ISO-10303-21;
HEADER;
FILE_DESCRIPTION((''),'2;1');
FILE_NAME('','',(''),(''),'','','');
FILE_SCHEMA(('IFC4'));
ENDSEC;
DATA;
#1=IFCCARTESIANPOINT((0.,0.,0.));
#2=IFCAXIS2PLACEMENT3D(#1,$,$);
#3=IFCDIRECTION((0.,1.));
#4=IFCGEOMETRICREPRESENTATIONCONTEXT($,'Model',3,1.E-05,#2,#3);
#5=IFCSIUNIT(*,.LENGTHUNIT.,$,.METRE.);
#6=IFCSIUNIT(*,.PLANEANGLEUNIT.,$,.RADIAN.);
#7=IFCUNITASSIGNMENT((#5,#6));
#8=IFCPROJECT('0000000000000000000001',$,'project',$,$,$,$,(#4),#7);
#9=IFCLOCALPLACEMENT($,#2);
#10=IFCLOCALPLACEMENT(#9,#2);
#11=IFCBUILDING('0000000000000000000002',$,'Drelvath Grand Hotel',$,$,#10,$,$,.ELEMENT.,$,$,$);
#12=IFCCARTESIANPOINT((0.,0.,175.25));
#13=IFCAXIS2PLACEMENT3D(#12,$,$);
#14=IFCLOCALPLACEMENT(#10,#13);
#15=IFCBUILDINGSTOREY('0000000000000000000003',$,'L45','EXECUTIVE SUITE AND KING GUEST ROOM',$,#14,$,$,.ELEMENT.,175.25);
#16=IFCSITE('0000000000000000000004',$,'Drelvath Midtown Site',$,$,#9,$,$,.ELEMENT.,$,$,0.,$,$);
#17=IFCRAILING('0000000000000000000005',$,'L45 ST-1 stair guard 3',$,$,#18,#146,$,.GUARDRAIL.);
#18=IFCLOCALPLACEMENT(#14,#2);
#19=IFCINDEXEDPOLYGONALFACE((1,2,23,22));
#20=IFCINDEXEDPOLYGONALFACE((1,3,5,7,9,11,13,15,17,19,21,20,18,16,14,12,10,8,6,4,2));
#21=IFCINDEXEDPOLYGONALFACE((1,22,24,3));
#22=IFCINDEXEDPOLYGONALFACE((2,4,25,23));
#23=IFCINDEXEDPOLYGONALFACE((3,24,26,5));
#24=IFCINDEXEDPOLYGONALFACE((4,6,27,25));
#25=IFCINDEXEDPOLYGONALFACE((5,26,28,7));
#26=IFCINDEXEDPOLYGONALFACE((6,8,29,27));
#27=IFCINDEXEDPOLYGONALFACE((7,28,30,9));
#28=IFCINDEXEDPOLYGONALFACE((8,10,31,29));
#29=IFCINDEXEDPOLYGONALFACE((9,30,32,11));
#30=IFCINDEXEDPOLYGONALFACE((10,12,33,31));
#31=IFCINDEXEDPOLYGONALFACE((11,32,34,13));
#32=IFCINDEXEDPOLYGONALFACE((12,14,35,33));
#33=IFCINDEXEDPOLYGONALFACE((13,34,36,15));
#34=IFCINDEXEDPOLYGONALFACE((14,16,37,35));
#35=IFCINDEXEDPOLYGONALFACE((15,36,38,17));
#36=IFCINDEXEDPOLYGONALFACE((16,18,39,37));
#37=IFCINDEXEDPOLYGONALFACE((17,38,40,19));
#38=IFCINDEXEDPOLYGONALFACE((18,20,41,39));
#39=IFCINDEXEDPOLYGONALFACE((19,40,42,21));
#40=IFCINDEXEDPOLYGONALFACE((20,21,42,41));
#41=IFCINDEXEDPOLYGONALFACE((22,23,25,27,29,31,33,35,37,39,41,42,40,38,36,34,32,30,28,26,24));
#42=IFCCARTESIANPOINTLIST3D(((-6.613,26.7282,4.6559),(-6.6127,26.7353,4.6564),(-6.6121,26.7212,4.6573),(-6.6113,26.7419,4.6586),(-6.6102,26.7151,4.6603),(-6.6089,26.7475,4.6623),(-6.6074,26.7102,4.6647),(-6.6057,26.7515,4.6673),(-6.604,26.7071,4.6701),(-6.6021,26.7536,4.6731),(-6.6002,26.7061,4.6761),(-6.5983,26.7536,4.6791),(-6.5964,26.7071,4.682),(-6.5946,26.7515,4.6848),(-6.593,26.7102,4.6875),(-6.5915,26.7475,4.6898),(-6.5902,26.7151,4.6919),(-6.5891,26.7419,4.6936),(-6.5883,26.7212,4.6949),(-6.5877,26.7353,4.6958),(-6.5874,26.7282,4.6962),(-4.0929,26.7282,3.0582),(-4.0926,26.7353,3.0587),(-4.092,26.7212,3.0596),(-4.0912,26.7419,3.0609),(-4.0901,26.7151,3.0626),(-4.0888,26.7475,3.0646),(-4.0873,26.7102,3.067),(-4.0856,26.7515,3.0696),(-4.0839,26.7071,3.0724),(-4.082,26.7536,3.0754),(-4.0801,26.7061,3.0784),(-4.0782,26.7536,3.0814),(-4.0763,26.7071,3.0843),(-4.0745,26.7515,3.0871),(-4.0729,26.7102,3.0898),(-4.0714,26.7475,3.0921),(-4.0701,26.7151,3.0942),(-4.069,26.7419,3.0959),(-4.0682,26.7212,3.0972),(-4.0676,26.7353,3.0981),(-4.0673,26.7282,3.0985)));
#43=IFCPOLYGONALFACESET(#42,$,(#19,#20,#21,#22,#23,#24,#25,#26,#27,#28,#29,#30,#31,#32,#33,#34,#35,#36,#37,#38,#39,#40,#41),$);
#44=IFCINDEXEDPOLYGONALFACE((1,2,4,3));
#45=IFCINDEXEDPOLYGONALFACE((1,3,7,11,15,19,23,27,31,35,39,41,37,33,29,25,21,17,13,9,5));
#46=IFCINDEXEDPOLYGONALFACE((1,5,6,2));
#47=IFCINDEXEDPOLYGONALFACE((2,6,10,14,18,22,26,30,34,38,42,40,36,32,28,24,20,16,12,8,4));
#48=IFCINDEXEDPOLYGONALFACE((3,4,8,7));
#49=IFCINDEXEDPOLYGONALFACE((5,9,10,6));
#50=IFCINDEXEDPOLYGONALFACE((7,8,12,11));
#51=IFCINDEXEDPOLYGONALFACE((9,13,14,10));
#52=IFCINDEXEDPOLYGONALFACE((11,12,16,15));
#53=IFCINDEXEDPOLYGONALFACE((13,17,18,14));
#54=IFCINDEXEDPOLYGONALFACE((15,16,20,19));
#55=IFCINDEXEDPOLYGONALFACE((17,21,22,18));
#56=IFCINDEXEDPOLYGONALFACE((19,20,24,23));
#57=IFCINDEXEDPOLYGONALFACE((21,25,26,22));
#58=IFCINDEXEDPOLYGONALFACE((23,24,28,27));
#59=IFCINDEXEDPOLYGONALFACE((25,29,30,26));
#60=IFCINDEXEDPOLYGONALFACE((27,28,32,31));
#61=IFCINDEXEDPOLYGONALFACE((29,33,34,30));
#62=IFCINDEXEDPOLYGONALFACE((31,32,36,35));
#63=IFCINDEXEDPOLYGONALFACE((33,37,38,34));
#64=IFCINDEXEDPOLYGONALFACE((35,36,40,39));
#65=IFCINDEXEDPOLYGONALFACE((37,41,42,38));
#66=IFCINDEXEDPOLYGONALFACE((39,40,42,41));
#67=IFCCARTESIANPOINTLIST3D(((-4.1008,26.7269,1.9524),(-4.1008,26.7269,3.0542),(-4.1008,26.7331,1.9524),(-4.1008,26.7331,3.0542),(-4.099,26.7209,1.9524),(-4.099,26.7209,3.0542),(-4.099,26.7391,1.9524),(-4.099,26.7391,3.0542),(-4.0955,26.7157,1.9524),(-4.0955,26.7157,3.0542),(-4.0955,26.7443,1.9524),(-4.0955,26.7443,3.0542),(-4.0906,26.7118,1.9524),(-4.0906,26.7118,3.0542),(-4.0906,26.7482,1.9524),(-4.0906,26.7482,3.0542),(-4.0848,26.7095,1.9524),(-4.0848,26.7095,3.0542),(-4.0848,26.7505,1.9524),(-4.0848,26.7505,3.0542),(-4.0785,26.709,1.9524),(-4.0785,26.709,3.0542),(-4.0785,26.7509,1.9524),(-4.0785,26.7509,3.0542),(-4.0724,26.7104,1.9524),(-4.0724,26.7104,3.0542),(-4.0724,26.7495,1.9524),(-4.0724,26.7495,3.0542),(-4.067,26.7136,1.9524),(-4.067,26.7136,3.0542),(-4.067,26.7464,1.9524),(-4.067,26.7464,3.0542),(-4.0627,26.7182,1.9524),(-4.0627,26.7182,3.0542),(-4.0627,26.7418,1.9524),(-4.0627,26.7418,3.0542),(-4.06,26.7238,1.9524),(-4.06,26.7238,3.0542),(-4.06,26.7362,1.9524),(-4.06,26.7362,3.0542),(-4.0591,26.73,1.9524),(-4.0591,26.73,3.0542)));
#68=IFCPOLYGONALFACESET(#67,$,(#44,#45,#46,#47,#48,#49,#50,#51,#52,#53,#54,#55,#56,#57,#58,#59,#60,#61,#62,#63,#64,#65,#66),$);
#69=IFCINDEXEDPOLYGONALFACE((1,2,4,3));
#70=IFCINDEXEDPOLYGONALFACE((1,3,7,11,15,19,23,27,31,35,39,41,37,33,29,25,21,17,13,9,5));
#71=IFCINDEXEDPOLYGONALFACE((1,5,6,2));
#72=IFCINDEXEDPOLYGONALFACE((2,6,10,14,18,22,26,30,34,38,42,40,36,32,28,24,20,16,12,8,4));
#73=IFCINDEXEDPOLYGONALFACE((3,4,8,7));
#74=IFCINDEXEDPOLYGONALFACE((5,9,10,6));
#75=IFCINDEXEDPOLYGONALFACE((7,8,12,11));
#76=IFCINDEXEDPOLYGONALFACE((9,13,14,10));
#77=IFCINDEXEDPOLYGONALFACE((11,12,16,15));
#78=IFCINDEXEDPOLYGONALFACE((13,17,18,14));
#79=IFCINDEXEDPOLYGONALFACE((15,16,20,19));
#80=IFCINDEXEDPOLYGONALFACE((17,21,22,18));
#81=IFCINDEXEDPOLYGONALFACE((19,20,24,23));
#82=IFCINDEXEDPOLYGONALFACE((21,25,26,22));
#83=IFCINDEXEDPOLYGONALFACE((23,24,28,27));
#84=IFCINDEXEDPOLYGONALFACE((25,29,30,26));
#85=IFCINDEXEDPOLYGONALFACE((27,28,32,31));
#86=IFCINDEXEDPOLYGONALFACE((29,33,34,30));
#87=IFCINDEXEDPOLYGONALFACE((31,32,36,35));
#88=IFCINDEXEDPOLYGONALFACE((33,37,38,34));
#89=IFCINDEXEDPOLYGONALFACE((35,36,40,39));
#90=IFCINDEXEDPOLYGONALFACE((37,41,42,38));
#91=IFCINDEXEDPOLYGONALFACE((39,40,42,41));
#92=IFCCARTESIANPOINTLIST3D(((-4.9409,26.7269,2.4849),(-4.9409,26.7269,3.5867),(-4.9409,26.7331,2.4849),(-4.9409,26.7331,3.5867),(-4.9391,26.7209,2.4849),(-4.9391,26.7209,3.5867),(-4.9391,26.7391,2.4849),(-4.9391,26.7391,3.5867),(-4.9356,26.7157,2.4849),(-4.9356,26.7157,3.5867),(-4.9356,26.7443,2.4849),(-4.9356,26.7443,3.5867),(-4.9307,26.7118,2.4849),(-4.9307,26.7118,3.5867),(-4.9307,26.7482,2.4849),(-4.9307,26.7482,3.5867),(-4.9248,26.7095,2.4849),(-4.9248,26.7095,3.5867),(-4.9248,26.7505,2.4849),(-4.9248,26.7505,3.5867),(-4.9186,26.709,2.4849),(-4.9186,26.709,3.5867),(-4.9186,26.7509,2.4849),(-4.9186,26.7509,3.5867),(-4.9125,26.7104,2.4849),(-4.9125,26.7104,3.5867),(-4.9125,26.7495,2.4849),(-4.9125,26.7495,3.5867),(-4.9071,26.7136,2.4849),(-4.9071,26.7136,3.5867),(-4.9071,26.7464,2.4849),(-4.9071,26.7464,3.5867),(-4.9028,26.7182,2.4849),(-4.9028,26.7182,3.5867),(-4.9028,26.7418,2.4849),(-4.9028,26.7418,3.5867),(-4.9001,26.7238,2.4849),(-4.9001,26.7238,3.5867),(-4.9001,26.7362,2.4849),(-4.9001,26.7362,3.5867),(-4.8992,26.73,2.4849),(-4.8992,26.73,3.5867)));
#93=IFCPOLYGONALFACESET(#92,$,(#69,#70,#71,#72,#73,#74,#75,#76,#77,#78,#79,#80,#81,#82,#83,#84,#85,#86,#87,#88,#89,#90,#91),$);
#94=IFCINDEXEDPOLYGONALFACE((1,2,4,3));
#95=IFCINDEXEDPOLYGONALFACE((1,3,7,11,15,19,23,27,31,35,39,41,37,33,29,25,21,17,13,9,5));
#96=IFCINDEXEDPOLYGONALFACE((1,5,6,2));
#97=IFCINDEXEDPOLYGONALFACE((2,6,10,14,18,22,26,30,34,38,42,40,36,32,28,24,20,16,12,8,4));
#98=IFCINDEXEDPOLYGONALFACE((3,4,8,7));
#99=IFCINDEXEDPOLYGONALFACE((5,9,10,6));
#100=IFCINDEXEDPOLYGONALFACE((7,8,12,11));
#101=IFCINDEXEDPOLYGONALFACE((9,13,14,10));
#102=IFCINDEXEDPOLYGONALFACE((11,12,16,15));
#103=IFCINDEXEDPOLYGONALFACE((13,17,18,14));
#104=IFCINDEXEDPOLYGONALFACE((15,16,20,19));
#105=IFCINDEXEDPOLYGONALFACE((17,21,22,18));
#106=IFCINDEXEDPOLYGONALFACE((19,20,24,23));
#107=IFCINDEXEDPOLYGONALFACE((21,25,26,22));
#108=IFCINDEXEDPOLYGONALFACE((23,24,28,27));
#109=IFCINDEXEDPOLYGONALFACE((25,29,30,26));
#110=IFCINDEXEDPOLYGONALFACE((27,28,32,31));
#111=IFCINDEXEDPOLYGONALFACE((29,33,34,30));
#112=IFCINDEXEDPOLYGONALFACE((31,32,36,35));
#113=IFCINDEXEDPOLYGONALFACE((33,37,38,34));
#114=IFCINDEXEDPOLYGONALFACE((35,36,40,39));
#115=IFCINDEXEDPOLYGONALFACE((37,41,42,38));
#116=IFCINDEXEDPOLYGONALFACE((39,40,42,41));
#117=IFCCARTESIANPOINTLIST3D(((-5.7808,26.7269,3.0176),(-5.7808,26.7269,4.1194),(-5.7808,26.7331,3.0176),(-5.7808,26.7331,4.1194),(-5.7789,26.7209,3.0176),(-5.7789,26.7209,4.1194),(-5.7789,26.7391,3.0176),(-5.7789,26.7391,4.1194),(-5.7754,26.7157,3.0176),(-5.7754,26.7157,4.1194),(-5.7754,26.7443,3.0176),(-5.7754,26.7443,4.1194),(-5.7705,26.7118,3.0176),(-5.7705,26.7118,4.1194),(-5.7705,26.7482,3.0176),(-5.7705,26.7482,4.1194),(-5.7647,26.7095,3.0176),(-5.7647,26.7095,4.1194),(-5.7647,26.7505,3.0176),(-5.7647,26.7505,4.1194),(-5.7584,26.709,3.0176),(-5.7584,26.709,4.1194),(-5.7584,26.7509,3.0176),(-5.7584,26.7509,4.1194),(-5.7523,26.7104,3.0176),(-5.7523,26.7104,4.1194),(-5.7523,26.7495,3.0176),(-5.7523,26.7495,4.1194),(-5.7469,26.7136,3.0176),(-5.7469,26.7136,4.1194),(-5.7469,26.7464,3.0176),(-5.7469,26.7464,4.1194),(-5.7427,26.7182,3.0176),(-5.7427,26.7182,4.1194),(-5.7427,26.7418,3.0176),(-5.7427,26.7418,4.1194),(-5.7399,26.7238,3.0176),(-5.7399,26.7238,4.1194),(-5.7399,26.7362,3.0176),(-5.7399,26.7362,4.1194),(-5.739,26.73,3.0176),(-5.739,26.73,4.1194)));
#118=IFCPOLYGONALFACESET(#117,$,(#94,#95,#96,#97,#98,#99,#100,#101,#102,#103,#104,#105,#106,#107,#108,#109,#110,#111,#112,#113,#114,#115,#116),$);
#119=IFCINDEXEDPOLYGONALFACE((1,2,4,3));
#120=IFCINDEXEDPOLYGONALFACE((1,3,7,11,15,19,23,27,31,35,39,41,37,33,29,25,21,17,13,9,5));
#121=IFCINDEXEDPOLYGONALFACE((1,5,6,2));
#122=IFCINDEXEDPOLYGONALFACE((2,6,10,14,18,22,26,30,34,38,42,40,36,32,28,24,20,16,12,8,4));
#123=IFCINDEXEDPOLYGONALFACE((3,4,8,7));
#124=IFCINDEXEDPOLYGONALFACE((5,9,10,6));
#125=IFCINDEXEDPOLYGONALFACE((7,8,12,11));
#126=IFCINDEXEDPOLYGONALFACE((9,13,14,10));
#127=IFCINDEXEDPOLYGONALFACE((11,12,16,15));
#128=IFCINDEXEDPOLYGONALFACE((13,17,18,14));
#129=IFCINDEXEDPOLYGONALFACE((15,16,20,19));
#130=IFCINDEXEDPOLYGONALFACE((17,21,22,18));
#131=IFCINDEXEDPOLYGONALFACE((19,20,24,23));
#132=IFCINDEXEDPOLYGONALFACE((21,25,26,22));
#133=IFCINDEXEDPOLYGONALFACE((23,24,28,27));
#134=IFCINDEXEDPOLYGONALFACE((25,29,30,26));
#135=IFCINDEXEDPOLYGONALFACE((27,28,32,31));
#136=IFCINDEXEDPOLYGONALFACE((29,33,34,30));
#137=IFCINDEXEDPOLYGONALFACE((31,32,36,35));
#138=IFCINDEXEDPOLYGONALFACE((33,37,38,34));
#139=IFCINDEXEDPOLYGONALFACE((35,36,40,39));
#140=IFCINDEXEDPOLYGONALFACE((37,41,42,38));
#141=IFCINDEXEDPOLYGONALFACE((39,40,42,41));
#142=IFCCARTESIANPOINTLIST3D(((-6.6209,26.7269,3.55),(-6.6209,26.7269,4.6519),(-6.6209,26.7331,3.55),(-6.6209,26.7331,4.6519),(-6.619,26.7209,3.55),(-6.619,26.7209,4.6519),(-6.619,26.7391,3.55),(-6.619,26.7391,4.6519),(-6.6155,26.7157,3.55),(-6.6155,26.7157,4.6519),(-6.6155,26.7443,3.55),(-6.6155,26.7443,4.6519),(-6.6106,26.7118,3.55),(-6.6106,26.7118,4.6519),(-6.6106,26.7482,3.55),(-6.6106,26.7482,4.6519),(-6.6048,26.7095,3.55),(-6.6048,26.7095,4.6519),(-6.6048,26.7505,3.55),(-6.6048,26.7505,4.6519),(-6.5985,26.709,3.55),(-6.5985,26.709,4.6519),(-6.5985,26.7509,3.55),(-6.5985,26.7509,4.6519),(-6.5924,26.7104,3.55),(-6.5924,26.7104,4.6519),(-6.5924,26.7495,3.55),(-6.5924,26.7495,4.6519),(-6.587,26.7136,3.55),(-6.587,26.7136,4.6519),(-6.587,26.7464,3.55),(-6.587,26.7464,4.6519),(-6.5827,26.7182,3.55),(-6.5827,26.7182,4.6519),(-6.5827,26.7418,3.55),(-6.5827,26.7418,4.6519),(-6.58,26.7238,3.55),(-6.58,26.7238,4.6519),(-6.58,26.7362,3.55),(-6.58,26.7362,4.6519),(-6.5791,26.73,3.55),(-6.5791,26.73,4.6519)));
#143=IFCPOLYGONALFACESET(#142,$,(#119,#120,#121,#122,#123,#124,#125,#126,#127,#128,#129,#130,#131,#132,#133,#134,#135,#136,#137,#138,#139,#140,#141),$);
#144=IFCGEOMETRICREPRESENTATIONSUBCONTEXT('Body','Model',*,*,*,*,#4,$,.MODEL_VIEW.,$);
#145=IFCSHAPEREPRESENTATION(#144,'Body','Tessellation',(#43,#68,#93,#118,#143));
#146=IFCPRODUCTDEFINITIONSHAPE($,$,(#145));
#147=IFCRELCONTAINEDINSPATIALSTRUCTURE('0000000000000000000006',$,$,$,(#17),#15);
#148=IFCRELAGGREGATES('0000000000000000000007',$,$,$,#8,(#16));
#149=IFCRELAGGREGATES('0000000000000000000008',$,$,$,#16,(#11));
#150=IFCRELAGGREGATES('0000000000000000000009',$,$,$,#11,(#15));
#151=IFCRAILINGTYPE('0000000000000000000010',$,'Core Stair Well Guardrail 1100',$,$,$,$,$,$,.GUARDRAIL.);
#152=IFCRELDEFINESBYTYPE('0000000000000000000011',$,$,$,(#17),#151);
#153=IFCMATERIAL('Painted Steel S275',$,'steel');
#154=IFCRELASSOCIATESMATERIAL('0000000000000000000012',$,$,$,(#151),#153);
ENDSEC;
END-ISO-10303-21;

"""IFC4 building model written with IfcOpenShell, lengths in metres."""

from ifc_helpers import new_model, si_unit, direction, frame, origin, origin_2d, place, context, subcontext, project, spatial, circle, extrude, material, type_object, element, save


model = new_model("IFC4")

# Units and contexts
model_context = context("Model", 3, precision=1e-05, world=origin(), true_north=direction((0.0, 1.0)))
body_context = subcontext(model_context, "Body", "Model", "MODEL_VIEW")
ifc_project = project(units=[si_unit("LENGTHUNIT", "METRE"), si_unit("PLANEANGLEUNIT", "RADIAN")], contexts=[model_context])

# Site, building, storey
site_placement = place(None, origin())
site = spatial("IfcSite", under=ifc_project, at=site_placement, Name="Drelvath Midtown Site", CompositionType="ELEMENT", RefElevation=0.0)
building_placement = place(site_placement, origin())
building = spatial("IfcBuilding", under=site, at=building_placement, Name="Drelvath Grand Hotel", CompositionType="ELEMENT")
storey_placement = place(building_placement, frame((0.0, 0.0, 175.25)))
storey = spatial("IfcBuildingStorey", under=building, at=storey_placement, Name="L45", Description="EXECUTIVE SUITE AND KING GUEST ROOM", CompositionType="ELEMENT", Elevation=175.25)

# Shared definitions
ifc_material_1 = material(Name="Painted Steel S275", Category="steel")

# Railing
railing_type_1 = type_object("IfcRailingType", Name="Core Stair Well Guardrail 1100", PredefinedType="GUARDRAIL", material=ifc_material_1)
railing_1_placement = place(storey_placement, frame((-4.0801, 26.73, 1.9524)))
element("IfcRailing", 1, at=railing_1_placement, inside=storey, type_object=railing_type_1, Name="L45 ST-1 stair guard 3", PredefinedType="GUARDRAIL", context=body_context, shape_type="SweptSolid", body=[
    extrude(circle(Radius=0.0239, at=origin_2d()), frame((0.0, 0.0, 1.126), z_axis=(-0.84457, 0.0, 0.535445), x_axis=(0.0, -1.0, 0.0)), (0.0, 0.0, 1.0), 2.9839),
    extrude(circle(Radius=0.021, at=origin_2d()), origin(), (0.0, 0.0, 1.0), 1.1018),
    extrude(circle(Radius=0.021, at=origin_2d()), frame((-0.8401, 0.0, 0.5325)), (0.0, 0.0, 1.0), 1.1018),
    extrude(circle(Radius=0.021, at=origin_2d()), frame((-1.6799, 0.0, 1.0652)), (0.0, 0.0, 1.0), 1.1018),
    extrude(circle(Radius=0.021, at=origin_2d()), frame((-2.52, 0.0, 1.5977)), (0.0, 0.0, 1.0), 1.1018),
])

save(model, "model.ifc")
